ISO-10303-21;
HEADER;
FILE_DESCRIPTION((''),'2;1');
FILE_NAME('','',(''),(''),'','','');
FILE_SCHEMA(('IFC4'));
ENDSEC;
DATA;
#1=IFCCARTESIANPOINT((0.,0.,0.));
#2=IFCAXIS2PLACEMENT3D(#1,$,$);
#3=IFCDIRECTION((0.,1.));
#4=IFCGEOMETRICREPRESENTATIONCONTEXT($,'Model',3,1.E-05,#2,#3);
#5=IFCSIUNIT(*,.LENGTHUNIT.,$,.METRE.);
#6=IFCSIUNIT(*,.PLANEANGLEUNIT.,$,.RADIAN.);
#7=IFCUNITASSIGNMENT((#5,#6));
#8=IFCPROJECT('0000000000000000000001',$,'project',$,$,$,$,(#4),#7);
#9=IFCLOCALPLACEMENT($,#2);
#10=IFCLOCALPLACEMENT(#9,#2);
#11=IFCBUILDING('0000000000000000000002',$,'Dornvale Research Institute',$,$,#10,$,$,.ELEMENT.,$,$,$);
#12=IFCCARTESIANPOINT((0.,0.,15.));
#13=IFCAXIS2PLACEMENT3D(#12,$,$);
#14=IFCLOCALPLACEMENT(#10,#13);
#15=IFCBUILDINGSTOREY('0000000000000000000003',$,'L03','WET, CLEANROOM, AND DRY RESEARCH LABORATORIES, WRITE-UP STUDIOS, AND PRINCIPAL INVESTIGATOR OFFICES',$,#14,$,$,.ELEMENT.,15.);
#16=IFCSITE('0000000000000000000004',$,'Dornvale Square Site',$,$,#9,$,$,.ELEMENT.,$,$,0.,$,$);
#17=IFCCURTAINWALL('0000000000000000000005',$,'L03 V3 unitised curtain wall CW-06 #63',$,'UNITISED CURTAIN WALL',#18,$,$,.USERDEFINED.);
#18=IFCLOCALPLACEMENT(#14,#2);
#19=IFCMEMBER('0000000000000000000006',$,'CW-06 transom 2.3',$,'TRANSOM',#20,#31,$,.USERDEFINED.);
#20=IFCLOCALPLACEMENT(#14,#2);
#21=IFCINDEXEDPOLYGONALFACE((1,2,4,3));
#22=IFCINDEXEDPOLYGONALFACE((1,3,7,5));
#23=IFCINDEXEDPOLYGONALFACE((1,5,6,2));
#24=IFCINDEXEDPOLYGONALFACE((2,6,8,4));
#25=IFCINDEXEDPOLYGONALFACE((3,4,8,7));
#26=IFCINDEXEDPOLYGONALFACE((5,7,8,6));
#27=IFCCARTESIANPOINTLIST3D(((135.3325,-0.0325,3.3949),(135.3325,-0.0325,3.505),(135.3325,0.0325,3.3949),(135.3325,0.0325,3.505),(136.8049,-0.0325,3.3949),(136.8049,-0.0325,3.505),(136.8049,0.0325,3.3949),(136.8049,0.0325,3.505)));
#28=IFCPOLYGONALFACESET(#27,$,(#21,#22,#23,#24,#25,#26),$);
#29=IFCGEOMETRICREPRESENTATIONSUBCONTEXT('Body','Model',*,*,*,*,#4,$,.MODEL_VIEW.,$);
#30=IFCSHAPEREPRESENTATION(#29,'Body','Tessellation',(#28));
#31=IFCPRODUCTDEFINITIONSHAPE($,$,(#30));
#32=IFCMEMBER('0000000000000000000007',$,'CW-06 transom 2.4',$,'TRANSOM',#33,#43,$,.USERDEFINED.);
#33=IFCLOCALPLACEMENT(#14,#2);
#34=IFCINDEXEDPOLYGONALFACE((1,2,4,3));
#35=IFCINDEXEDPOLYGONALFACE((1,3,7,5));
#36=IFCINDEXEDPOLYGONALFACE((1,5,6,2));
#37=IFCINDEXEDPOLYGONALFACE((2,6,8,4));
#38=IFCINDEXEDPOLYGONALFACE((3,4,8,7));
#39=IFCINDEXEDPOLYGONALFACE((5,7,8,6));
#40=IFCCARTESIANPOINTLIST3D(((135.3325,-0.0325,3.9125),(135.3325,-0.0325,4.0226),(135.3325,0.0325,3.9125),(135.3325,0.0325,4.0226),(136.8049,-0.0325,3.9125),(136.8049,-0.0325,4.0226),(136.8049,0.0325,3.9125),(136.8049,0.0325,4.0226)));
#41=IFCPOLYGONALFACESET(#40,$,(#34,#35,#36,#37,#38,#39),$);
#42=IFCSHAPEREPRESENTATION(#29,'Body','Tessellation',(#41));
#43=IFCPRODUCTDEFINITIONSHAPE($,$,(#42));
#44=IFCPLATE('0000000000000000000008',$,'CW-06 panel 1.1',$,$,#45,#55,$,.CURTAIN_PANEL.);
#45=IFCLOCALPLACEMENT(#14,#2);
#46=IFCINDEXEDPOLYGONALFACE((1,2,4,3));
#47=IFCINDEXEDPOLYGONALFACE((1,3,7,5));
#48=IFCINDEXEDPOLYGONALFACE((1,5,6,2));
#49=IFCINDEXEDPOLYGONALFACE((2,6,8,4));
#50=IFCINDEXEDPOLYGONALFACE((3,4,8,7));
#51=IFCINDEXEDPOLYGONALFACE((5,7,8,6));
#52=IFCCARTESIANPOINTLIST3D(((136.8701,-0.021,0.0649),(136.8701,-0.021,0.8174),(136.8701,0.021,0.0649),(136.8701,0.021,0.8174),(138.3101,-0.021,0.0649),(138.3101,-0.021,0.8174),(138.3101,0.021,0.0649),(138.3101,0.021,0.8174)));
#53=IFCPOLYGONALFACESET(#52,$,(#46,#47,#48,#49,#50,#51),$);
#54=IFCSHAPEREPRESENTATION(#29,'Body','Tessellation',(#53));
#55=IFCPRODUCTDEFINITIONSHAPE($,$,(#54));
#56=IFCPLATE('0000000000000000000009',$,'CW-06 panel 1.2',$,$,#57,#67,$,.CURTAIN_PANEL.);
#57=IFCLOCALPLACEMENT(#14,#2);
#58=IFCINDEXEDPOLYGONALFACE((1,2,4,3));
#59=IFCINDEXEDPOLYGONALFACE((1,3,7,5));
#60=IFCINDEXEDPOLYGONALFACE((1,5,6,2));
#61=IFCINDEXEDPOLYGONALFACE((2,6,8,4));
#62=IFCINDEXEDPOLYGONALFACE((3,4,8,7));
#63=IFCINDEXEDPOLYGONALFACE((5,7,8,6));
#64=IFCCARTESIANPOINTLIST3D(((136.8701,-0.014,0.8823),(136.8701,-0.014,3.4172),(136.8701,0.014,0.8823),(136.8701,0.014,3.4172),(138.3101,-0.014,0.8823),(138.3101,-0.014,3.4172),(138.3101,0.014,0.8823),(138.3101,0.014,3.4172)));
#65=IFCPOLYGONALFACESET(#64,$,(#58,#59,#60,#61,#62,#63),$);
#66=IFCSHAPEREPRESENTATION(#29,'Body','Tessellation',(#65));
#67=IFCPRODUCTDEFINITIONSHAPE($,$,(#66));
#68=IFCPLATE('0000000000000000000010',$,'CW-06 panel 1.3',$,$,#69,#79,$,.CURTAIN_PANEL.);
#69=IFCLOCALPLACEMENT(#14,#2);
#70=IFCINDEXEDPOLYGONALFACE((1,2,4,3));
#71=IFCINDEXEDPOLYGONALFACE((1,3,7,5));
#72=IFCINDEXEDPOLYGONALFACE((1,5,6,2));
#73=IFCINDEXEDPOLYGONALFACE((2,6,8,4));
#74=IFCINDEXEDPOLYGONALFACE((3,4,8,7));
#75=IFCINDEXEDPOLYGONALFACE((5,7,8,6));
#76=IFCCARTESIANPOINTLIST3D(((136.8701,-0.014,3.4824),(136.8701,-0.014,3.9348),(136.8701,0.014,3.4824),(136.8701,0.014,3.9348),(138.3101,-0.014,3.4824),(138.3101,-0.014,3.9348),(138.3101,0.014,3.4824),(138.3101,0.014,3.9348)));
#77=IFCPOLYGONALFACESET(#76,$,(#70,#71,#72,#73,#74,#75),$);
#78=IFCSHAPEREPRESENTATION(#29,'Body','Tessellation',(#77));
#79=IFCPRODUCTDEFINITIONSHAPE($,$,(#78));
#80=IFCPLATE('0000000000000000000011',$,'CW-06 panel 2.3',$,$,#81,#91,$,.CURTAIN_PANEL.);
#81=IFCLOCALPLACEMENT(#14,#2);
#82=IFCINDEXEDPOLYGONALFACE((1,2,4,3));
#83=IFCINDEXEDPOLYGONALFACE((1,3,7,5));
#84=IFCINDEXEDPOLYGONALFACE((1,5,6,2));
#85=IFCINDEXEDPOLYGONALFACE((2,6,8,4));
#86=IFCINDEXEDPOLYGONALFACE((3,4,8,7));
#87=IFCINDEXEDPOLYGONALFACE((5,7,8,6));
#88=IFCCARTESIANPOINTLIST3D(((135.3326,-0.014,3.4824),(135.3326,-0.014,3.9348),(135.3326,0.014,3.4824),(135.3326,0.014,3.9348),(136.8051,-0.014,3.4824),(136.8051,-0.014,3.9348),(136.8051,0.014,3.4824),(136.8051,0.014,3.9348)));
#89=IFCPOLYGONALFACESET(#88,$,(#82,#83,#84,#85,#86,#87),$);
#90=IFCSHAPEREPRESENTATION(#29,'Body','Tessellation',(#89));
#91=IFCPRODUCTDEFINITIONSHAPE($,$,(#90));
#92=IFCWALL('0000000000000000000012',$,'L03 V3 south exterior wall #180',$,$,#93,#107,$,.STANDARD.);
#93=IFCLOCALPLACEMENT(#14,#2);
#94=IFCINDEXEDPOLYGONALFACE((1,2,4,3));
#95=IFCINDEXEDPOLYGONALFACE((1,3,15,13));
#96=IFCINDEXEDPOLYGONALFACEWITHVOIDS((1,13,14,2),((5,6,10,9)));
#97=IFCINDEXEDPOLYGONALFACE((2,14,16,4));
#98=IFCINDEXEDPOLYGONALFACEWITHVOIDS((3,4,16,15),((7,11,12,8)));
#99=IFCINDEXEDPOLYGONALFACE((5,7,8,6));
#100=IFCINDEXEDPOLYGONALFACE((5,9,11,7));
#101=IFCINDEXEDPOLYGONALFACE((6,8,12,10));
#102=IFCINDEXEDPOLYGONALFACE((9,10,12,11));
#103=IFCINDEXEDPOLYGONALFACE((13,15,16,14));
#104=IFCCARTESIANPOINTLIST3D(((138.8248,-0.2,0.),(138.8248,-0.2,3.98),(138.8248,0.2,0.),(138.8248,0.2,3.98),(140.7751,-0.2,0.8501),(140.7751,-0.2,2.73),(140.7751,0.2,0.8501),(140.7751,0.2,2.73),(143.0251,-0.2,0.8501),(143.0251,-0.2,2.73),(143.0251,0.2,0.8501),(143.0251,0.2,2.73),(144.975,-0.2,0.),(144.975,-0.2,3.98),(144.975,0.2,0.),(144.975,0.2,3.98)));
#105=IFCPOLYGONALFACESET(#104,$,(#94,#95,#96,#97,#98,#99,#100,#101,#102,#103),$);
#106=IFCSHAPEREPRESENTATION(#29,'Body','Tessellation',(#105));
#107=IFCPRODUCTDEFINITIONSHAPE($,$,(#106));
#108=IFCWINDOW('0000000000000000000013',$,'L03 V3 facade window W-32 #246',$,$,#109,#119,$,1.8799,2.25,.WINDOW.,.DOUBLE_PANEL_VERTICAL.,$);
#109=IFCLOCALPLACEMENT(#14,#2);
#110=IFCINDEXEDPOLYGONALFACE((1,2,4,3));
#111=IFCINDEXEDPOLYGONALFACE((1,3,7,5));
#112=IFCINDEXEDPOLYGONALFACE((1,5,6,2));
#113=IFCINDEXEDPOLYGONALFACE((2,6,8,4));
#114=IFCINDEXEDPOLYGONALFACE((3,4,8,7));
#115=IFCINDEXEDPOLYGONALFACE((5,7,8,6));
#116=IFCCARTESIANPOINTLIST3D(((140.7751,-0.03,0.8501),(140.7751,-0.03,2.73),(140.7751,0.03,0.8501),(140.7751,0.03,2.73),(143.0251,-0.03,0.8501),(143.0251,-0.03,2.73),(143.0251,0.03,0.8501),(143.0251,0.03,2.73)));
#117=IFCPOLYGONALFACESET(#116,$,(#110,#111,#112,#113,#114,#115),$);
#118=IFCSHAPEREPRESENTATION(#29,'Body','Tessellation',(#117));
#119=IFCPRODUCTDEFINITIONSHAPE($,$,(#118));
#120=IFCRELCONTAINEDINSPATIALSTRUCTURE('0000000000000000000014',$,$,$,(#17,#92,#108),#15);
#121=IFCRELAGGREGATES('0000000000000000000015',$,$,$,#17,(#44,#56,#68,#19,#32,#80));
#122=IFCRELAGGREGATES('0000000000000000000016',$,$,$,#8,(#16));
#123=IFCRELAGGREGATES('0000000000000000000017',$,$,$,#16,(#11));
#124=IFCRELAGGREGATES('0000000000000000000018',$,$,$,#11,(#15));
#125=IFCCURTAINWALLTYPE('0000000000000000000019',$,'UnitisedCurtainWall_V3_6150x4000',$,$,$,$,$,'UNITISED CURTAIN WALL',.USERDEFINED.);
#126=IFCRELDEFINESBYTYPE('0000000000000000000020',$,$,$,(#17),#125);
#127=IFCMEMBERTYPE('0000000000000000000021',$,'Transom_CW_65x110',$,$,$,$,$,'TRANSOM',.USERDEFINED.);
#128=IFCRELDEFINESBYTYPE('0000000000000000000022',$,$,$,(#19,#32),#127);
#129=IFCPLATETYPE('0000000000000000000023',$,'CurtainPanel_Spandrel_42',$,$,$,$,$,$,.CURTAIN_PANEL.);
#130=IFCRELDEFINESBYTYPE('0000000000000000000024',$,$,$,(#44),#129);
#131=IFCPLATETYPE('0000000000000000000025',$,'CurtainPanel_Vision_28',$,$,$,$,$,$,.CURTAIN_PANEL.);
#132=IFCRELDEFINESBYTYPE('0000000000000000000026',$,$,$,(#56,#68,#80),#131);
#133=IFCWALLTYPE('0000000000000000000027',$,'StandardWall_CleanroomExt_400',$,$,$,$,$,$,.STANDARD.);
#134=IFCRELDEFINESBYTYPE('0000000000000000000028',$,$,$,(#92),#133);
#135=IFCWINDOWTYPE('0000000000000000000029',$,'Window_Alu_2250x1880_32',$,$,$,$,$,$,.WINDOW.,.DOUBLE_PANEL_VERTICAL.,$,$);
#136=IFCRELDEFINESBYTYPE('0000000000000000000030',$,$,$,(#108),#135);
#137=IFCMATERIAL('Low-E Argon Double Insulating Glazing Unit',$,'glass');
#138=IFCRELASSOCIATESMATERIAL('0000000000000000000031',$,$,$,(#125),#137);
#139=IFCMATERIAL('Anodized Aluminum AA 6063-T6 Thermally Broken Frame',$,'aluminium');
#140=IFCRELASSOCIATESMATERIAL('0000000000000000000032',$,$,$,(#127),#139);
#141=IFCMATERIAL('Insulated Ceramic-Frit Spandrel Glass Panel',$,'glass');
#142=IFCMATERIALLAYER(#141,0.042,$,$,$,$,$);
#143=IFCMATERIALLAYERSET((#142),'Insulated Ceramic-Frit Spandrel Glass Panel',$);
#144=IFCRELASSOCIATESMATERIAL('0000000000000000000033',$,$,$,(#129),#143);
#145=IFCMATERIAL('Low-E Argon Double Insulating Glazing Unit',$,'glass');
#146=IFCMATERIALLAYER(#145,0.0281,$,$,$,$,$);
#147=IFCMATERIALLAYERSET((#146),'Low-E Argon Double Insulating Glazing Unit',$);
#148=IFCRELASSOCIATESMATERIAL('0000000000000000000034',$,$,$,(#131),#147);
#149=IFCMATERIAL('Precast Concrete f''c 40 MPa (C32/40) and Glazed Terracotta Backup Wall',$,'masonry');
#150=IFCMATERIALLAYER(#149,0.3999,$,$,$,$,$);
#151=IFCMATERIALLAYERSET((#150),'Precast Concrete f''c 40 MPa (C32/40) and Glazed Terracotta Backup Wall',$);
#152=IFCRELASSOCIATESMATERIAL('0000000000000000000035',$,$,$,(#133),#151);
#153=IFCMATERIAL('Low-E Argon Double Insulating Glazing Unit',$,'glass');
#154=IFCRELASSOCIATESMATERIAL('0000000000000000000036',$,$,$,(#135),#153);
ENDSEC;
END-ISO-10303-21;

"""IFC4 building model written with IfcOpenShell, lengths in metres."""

from ifc_helpers import new_model, si_unit, direction, frame, frame_2d, origin, origin_2d, place, context, subcontext, project, spatial, rectangle, extrude, material, layer, layer_set, material_profile, profile_set, type_object, element, fill, aggregate, save


model = new_model("IFC4")

# Units and contexts
model_context = context("Model", 3, precision=1e-05, world=origin(), true_north=direction((0.0, 1.0)))
body_context = subcontext(model_context, "Body", "Model", "MODEL_VIEW")
ifc_project = project(units=[si_unit("LENGTHUNIT", "METRE"), si_unit("PLANEANGLEUNIT", "RADIAN")], contexts=[model_context])

# Site, building, storey
site_placement = place(None, origin())
site = spatial("IfcSite", under=ifc_project, at=site_placement, Name="Dornvale Square Site", CompositionType="ELEMENT", RefElevation=0.0)
building_placement = place(site_placement, origin())
building = spatial("IfcBuilding", under=site, at=building_placement, Name="Dornvale Research Institute", CompositionType="ELEMENT")
storey_placement = place(building_placement, frame((0.0, 0.0, 15.0)))
storey = spatial("IfcBuildingStorey", under=building, at=storey_placement, Name="L03", Description="WET, CLEANROOM, AND DRY RESEARCH LABORATORIES, WRITE-UP STUDIOS, AND PRINCIPAL INVESTIGATOR OFFICES", CompositionType="ELEMENT", Elevation=15.0)

# Curtain wall
ifc_material_1 = material(Name="Low-E Argon Double Insulating Glazing Unit", Category="glass")
curtain_wall_type = type_object("IfcCurtainWallType", Name="UnitisedCurtainWall_V3_6150x4000", ElementType="UNITISED CURTAIN WALL", PredefinedType="USERDEFINED", material=ifc_material_1)
curtain_wall_placement = place(storey_placement, origin())
curtain_wall = element("IfcCurtainWall", 1, at=curtain_wall_placement, inside=storey, type_object=curtain_wall_type, Name="L03 V3 unitised curtain wall CW-06 #63", ObjectType="UNITISED CURTAIN WALL", PredefinedType="USERDEFINED")

# Members
ifc_material_2 = material(Name="Anodized Aluminum AA 6063-T6 Thermally Broken Frame", Category="aluminium")
ifc_material_profile_1 = material_profile(ifc_material_2, rectangle(XDim=0.0649, YDim=0.1101, at=origin_2d()), Name="ALU TRANSOM 65x110")
ifc_profile_set_1 = profile_set([ifc_material_profile_1], Name="Anodized Aluminum AA 6063-T6 Thermally Broken Frame")
member_type_1 = type_object("IfcMemberType", Name="Transom_CW_65x110", ElementType="TRANSOM", PredefinedType="USERDEFINED", material=ifc_profile_set_1)
member_1_placement = place(storey_placement, frame((136.8049, 0.0, 3.45), z_axis=(-1.0, 0.0, 0.0), x_axis=(0.0, -1.0, 0.0)))
member_1 = element("IfcMember", 2, at=member_1_placement, type_object=member_type_1, Name="CW-06 transom 2.3", ObjectType="TRANSOM", PredefinedType="USERDEFINED", context=body_context, shape_type="SweptSolid", body=[
    extrude(rectangle(XDim=0.0649, YDim=0.1101, at=origin_2d()), origin(), (0.0, 0.0, 1.0), 1.4724),
])
member_2_placement = place(storey_placement, frame((136.8049, 0.0, 3.9675), z_axis=(-1.0, 0.0, 0.0), x_axis=(0.0, -1.0, 0.0)))
member_2 = element("IfcMember", 3, at=member_2_placement, type_object=member_type_1, Name="CW-06 transom 2.4", ObjectType="TRANSOM", PredefinedType="USERDEFINED", context=body_context, shape_type="SweptSolid", body=[
    extrude(rectangle(XDim=0.0649, YDim=0.1101, at=origin_2d()), origin(), (0.0, 0.0, 1.0), 1.4724),
])

# Plates
ifc_material_3 = material(Name="Insulated Ceramic-Frit Spandrel Glass Panel", Category="glass")
ifc_layer_1 = layer(ifc_material_3, 0.042)
ifc_layer_set_1 = layer_set([ifc_layer_1], Name="Insulated Ceramic-Frit Spandrel Glass Panel")
plate_type_1 = type_object("IfcPlateType", Name="CurtainPanel_Spandrel_42", PredefinedType="CURTAIN_PANEL", material=ifc_layer_set_1)
plate_1_placement = place(storey_placement, frame((137.5901, 0.0, 0.0649), z_axis=(0.0, 0.0, 1.0), x_axis=(-1.0, 0.0, 0.0)))
plate_1 = element("IfcPlate", 4, at=plate_1_placement, type_object=plate_type_1, Name="CW-06 panel 1.1", PredefinedType="CURTAIN_PANEL", context=body_context, shape_type="SweptSolid", body=[
    extrude(rectangle(XDim=1.4399, YDim=0.042, at=origin_2d()), origin(), (0.0, 0.0, 1.0), 0.7524),
])
ifc_material_4 = material(Name="Low-E Argon Double Insulating Glazing Unit", Category="glass")
ifc_layer_2 = layer(ifc_material_4, 0.0281)
ifc_layer_set_2 = layer_set([ifc_layer_2], Name="Low-E Argon Double Insulating Glazing Unit")
plate_type_2 = type_object("IfcPlateType", Name="CurtainPanel_Vision_28", PredefinedType="CURTAIN_PANEL", material=ifc_layer_set_2)
plate_2_placement = place(storey_placement, frame((137.5901, 0.0, 0.8823), z_axis=(0.0, 0.0, 1.0), x_axis=(-1.0, 0.0, 0.0)))
plate_2 = element("IfcPlate", 5, at=plate_2_placement, type_object=plate_type_2, Name="CW-06 panel 1.2", PredefinedType="CURTAIN_PANEL", context=body_context, shape_type="SweptSolid", body=[
    extrude(rectangle(XDim=1.4399, YDim=0.0281, at=origin_2d()), origin(), (0.0, 0.0, 1.0), 2.5349),
])
plate_3_placement = place(storey_placement, frame((137.5901, 0.0, 3.4824), z_axis=(0.0, 0.0, 1.0), x_axis=(-1.0, 0.0, 0.0)))
plate_3 = element("IfcPlate", 6, at=plate_3_placement, type_object=plate_type_2, Name="CW-06 panel 1.3", PredefinedType="CURTAIN_PANEL", context=body_context, shape_type="SweptSolid", body=[
    extrude(rectangle(XDim=1.4399, YDim=0.0281, at=origin_2d()), origin(), (0.0, 0.0, 1.0), 0.4524),
])
plate_4_placement = place(storey_placement, frame((136.0688, 0.0, 3.4824), z_axis=(0.0, 0.0, 1.0), x_axis=(-1.0, 0.0, 0.0)))
plate_4 = element("IfcPlate", 7, at=plate_4_placement, type_object=plate_type_2, Name="CW-06 panel 2.3", PredefinedType="CURTAIN_PANEL", context=body_context, shape_type="SweptSolid", body=[
    extrude(rectangle(XDim=1.4724, YDim=0.0281, at=origin_2d()), origin(), (0.0, 0.0, 1.0), 0.4524),
])
aggregate(curtain_wall, [plate_1, plate_2, plate_3, member_1, member_2, plate_4])

# Wall, opening, window
ifc_material_5 = material(Name="Precast Concrete f'c 40 MPa (C32/40) and Glazed Terracotta Backup Wall", Category="masonry")
ifc_layer_3 = layer(ifc_material_5, 0.3999)
ifc_layer_set_3 = layer_set([ifc_layer_3], Name="Precast Concrete f'c 40 MPa (C32/40) and Glazed Terracotta Backup Wall")
wall_type = type_object("IfcWallType", Name="StandardWall_CleanroomExt_400", PredefinedType="STANDARD", material=ifc_layer_set_3)
wall_placement = place(storey_placement, frame((144.9751, 0.0, 0.0), z_axis=(0.0, 0.0, 1.0), x_axis=(-1.0, 0.0, 0.0)))
wall = element("IfcWall", 8, at=wall_placement, inside=storey, type_object=wall_type, Name="L03 V3 south exterior wall #180", PredefinedType="STANDARD", context=body_context, shape_type="SweptSolid", body=[
    extrude(rectangle(XDim=6.1501, YDim=0.3999, at=frame_2d((3.0752, 0.0))), origin(), (0.0, 0.0, 1.0), 3.98),
])
opening_placement = place(wall_placement, frame((1.95, 0.0, 0.8501)))
opening = element("IfcOpeningElement", 9, at=opening_placement, cuts=wall, PredefinedType="OPENING", context=body_context, shape_type="SweptSolid", body=[
    extrude(rectangle(XDim=2.25, YDim=1.8799, at=frame_2d((1.125, 0.9399))), frame((0.0, 0.2148, 0.0), z_axis=(0.0, -1.0, 0.0), x_axis=(1.0, 0.0, 0.0)), (0.0, 0.0, 1.0), 0.4299),
])
ifc_material_6 = material(Name="Low-E Argon Double Insulating Glazing Unit", Category="glass")
window_type = type_object("IfcWindowType", Name="Window_Alu_2250x1880_32", PartitioningType="DOUBLE_PANEL_VERTICAL", PredefinedType="WINDOW", material=ifc_material_6)
window_placement = place(opening_placement, origin())
window = element("IfcWindow", 10, at=window_placement, inside=storey, type_object=window_type, Name="L03 V3 facade window W-32 #246", OverallHeight=1.8799, OverallWidth=2.25, PartitioningType="DOUBLE_PANEL_VERTICAL", PredefinedType="WINDOW", context=body_context, shape_type="SweptSolid", body=[
    extrude(rectangle(XDim=2.25, YDim=1.8799, at=frame_2d((1.125, 0.9399))), frame((0.0, 0.03, 0.0), z_axis=(0.0, -1.0, 0.0), x_axis=(1.0, 0.0, 0.0)), (0.0, 0.0, 1.0), 0.0601),
])
fill(opening, window)

save(model, "model.ifc")
